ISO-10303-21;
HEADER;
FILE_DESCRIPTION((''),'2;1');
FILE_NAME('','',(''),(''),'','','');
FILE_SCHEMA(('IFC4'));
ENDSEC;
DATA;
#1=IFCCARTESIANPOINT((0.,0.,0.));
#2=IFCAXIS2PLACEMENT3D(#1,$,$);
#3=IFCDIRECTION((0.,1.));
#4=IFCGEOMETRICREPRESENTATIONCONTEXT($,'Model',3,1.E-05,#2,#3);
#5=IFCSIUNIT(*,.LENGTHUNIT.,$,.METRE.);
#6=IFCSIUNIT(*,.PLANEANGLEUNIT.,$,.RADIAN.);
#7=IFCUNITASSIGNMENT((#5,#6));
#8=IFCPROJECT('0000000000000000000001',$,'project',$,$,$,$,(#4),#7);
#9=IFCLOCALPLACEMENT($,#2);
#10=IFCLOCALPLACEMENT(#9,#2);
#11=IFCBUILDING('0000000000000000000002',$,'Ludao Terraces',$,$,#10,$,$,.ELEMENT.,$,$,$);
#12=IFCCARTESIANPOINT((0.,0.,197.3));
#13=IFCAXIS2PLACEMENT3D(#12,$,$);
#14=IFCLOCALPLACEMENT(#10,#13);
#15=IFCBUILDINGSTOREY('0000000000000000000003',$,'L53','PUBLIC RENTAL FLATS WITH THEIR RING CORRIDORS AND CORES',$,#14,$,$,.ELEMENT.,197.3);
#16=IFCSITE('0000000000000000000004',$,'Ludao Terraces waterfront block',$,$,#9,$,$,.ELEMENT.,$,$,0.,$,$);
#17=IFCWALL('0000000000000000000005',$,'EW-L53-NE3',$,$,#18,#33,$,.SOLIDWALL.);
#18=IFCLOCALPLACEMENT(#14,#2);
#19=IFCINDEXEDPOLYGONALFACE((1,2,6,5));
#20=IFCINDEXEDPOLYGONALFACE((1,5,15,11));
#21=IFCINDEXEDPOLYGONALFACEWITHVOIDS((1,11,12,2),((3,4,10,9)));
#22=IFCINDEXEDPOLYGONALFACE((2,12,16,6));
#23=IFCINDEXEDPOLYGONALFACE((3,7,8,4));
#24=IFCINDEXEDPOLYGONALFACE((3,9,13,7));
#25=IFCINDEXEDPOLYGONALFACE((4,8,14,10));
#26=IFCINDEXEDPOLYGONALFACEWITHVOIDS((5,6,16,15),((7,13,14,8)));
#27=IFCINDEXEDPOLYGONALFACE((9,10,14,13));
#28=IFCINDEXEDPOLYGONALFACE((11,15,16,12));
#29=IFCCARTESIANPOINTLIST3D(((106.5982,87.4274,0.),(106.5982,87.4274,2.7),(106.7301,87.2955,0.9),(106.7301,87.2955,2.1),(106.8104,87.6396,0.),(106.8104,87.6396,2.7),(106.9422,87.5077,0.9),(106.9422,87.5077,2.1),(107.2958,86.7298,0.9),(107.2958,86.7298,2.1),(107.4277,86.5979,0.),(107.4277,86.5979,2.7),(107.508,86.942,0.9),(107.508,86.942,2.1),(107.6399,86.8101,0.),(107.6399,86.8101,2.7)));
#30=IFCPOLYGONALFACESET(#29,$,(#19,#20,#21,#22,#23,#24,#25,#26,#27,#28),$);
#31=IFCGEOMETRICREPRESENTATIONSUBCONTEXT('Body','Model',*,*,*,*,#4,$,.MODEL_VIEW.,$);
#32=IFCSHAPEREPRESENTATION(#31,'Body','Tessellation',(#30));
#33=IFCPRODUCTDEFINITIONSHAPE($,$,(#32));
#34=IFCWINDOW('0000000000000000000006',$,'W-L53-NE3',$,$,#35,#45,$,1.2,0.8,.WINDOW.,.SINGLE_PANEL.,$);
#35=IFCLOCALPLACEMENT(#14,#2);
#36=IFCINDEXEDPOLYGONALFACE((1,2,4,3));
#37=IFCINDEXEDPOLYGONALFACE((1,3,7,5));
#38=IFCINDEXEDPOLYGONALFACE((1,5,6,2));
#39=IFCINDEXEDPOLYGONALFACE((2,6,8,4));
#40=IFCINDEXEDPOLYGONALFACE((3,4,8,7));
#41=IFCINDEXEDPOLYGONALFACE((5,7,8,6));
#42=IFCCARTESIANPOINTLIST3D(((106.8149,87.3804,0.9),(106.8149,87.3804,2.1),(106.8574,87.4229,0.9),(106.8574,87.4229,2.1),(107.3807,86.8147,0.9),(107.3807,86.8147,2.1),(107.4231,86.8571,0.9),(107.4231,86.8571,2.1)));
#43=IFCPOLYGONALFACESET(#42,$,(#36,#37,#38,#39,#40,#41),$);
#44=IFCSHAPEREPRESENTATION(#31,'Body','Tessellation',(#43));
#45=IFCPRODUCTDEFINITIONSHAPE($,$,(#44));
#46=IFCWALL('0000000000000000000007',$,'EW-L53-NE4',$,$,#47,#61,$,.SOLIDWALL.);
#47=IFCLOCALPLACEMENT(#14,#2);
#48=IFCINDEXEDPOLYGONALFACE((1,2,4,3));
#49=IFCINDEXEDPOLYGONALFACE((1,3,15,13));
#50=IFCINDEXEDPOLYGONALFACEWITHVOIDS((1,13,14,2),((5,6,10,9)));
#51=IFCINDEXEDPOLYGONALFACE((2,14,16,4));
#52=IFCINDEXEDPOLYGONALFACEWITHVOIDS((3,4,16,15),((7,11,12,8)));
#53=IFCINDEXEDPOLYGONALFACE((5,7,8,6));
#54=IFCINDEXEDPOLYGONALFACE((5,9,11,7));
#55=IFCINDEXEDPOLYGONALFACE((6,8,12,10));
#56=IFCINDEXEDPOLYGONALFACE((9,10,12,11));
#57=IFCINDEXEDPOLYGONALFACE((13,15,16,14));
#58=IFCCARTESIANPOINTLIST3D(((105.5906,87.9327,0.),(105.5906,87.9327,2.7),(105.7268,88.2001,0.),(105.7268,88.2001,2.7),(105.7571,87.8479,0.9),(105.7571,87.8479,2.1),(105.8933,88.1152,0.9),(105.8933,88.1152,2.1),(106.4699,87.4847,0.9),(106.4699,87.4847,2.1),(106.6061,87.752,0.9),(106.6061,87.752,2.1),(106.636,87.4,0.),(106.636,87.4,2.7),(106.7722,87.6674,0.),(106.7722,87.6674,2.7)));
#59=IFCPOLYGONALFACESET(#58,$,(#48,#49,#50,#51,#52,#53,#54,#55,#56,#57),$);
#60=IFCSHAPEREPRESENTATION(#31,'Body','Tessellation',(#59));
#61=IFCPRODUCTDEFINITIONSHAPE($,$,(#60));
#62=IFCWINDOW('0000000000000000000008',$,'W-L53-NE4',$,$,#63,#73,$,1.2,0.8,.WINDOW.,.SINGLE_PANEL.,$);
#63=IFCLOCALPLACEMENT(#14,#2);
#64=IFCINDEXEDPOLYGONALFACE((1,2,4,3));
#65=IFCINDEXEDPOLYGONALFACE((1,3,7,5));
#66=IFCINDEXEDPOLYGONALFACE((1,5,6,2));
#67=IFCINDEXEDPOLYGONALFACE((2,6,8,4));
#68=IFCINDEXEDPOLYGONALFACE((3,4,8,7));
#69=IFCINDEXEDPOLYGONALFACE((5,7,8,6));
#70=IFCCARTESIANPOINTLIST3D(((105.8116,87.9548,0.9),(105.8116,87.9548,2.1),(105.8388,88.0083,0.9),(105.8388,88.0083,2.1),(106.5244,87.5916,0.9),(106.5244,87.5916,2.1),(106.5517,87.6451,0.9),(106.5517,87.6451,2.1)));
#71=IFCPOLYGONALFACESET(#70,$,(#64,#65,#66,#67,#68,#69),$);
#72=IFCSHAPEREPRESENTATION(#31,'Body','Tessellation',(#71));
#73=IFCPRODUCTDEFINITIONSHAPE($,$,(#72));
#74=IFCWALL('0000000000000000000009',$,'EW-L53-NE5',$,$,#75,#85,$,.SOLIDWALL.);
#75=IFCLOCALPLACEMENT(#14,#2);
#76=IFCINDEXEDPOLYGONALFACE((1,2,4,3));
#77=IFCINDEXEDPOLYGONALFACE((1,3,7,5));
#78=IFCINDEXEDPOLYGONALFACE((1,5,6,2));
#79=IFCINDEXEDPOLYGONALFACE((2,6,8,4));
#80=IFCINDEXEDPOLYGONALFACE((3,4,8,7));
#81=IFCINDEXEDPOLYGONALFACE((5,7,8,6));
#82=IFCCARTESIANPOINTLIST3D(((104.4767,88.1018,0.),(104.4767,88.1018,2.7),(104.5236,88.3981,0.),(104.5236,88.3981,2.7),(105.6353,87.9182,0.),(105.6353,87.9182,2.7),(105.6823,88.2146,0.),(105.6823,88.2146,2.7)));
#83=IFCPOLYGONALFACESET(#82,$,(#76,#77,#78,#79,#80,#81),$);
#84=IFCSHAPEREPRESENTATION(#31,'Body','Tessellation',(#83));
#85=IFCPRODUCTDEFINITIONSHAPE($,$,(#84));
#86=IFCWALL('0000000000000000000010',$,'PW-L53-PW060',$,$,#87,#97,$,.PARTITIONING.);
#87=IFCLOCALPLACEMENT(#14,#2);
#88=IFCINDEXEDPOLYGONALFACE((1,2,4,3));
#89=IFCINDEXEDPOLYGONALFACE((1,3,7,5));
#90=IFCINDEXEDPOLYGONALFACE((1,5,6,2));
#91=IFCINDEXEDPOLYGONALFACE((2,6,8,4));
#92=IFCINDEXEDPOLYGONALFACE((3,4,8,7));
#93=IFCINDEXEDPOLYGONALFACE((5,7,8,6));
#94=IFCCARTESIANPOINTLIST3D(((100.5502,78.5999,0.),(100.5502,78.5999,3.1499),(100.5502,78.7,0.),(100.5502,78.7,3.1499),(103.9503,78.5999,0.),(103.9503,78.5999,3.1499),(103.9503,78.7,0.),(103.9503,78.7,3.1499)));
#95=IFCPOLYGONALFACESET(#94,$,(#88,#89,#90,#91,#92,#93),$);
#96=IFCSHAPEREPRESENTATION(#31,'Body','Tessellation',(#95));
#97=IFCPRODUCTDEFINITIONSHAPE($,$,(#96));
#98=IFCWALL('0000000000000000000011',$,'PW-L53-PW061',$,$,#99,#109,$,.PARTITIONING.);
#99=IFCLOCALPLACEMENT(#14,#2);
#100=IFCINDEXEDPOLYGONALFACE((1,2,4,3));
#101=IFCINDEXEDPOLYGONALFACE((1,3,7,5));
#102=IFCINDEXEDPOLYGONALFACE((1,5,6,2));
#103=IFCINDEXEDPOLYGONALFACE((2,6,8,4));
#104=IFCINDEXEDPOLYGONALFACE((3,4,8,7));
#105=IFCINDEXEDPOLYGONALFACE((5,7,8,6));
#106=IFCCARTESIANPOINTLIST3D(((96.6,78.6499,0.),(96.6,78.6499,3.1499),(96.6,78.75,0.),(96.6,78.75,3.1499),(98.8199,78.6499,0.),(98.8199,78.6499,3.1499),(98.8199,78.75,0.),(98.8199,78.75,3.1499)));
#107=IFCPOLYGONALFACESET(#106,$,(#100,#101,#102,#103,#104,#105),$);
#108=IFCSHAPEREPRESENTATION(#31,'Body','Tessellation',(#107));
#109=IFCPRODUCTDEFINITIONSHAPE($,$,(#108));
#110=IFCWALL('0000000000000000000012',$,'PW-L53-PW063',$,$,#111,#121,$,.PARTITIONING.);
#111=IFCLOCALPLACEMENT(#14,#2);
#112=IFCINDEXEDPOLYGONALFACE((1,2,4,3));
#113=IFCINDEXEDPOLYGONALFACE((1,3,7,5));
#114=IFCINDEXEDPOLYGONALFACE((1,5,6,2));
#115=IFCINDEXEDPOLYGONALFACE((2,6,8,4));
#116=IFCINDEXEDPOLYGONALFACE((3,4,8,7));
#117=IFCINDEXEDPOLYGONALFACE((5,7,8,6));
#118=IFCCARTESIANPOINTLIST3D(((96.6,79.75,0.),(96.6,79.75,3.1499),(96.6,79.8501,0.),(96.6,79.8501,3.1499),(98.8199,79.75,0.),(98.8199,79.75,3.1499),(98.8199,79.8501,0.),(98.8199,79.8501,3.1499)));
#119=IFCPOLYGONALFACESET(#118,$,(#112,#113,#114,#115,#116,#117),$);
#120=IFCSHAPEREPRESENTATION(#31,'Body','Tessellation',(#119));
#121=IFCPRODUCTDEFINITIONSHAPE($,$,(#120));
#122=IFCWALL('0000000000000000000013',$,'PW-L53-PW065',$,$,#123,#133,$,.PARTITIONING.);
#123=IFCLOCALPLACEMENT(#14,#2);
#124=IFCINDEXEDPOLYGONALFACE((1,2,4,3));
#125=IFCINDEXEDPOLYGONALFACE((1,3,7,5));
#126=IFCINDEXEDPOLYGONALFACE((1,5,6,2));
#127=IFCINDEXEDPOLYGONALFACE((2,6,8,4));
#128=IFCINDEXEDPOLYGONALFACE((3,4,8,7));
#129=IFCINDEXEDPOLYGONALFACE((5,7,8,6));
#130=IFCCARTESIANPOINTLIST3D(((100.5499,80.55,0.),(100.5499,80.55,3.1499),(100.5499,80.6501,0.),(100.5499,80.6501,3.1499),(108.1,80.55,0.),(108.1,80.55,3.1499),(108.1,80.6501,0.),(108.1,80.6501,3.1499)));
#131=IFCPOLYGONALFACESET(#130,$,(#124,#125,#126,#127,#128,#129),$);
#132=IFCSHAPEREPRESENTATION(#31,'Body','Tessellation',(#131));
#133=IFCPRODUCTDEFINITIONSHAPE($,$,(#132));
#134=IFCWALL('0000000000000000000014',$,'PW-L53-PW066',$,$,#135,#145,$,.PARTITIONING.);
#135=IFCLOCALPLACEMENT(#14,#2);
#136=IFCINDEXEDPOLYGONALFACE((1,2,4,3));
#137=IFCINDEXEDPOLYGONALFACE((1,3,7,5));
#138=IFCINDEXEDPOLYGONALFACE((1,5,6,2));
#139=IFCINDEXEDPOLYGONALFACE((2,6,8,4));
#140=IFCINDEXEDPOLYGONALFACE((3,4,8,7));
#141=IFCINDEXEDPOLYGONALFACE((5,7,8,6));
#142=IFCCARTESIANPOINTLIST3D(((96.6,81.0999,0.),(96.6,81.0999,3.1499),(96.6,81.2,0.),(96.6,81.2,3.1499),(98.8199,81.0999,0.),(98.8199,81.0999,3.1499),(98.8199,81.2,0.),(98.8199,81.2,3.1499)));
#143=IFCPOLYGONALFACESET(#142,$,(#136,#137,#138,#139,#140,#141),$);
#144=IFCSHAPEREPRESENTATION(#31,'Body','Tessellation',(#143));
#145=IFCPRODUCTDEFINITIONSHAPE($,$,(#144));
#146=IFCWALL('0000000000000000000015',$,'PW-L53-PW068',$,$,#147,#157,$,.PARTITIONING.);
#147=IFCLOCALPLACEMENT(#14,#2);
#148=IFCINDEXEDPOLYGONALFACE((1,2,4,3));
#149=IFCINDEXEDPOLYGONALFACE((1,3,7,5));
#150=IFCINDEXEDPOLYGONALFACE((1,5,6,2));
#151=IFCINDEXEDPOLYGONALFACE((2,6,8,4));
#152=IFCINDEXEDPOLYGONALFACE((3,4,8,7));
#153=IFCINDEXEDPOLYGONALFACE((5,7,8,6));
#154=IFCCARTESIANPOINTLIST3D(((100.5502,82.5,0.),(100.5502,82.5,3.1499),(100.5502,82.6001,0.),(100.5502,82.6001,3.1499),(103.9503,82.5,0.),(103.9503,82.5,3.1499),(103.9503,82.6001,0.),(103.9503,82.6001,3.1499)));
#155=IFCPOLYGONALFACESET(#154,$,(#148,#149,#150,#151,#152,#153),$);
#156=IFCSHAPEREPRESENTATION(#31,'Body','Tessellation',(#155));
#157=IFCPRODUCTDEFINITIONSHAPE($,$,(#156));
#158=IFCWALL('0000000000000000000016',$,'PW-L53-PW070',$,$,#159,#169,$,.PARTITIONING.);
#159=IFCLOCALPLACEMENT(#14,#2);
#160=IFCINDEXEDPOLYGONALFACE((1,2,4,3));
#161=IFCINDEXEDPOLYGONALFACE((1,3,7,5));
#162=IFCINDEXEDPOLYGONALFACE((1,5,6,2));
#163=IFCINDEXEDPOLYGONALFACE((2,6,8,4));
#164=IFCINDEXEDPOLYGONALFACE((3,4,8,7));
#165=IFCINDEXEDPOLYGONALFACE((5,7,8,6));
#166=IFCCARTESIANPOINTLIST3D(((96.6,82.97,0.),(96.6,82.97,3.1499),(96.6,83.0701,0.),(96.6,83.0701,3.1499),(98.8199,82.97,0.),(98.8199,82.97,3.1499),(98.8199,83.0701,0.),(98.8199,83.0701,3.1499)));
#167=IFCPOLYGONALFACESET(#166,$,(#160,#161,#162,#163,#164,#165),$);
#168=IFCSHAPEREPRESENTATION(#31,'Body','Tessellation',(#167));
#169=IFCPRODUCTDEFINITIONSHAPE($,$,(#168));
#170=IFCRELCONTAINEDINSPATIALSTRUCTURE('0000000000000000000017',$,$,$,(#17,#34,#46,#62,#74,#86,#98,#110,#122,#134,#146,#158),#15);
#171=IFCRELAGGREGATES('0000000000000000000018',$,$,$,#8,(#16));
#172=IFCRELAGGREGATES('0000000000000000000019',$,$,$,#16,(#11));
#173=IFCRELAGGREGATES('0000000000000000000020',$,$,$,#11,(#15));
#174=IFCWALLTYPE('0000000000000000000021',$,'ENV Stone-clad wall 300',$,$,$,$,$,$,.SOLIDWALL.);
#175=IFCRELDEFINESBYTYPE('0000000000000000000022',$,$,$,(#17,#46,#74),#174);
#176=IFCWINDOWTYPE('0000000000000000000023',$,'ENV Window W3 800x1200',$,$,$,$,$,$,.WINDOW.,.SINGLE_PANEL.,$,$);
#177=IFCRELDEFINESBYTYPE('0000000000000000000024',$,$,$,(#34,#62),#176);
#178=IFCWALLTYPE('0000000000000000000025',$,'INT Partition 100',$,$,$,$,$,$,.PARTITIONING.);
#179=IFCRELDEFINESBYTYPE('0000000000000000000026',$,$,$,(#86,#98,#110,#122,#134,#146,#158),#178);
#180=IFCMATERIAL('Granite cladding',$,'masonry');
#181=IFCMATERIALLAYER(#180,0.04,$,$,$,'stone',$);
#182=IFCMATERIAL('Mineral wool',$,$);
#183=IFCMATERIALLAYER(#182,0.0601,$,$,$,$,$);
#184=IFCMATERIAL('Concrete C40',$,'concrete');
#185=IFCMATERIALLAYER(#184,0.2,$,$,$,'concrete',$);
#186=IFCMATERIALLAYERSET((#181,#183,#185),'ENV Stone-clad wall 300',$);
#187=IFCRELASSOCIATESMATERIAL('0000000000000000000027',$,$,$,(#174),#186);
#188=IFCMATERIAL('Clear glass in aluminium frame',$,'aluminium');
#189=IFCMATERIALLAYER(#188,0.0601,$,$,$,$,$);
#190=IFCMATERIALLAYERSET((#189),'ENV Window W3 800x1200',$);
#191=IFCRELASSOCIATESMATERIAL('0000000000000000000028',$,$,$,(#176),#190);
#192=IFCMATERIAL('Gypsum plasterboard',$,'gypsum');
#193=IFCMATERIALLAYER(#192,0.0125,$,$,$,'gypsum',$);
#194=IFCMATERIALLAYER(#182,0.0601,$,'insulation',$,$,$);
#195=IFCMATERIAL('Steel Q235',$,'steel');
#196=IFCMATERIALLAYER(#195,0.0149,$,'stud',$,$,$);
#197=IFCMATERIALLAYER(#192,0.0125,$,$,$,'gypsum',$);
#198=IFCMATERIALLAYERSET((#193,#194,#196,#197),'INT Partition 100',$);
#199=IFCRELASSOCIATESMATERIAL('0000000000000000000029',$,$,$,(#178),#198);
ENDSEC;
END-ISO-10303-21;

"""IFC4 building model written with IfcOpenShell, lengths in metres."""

from ifc_helpers import new_model, si_unit, direction, frame, frame_2d, origin, place, context, subcontext, project, spatial, rectangle, extrude, material, layer, layer_set, type_object, element, fill, save


model = new_model("IFC4")

# Units and contexts
model_context = context("Model", 3, precision=1e-05, world=origin(), true_north=direction((0.0, 1.0)))
body_context = subcontext(model_context, "Body", "Model", "MODEL_VIEW")
ifc_project = project(units=[si_unit("LENGTHUNIT", "METRE"), si_unit("PLANEANGLEUNIT", "RADIAN")], contexts=[model_context])

# Site, building, storey
site_placement = place(None, origin())
site = spatial("IfcSite", under=ifc_project, at=site_placement, Name="Ludao Terraces waterfront block", CompositionType="ELEMENT", RefElevation=0.0)
building_placement = place(site_placement, origin())
building = spatial("IfcBuilding", under=site, at=building_placement, Name="Ludao Terraces", CompositionType="ELEMENT")
storey_placement = place(building_placement, frame((0.0, 0.0, 197.3)))
storey = spatial("IfcBuildingStorey", under=building, at=storey_placement, Name="L53", Description="PUBLIC RENTAL FLATS WITH THEIR RING CORRIDORS AND CORES", CompositionType="ELEMENT", Elevation=197.3)

# Shared definitions
ifc_material_1 = material(Name="Concrete C40", Category="concrete")

# Shared definitions
ifc_material_2 = material(Name="Granite cladding", Category="masonry")
ifc_layer_1 = layer(ifc_material_2, 0.04, Category="stone")
ifc_material_3 = material(Name="Mineral wool")
ifc_layer_2 = layer(ifc_material_3, 0.0601)
ifc_layer_3 = layer(ifc_material_1, 0.2, Category="concrete")
ifc_layer_set_1 = layer_set([ifc_layer_1, ifc_layer_2, ifc_layer_3], Name="ENV Stone-clad wall 300")
wall_type_1 = type_object("IfcWallType", Name="ENV Stone-clad wall 300", PredefinedType="SOLIDWALL", material=ifc_layer_set_1)
ifc_material_4 = material(Name="Clear glass in aluminium frame", Category="aluminium")

# Walls, openings, windows
ifc_layer_4 = layer(ifc_material_4, 0.0601)
ifc_layer_set_2 = layer_set([ifc_layer_4], Name="ENV Window W3 800x1200")
window_type_1 = type_object("IfcWindowType", Name="ENV Window W3 800x1200", PartitioningType="SINGLE_PANEL", PredefinedType="WINDOW", material=ifc_layer_set_2)
wall_1_placement = place(storey_placement, frame((107.5337, 86.7041, 0.0), z_axis=(0.0, 0.0, 1.0), x_axis=(-0.707107, 0.707107, 0.0)))
wall_1 = element("IfcWall", 1, at=wall_1_placement, inside=storey, type_object=wall_type_1, Name="EW-L53-NE3", PredefinedType="SOLIDWALL", context=body_context, shape_type="SweptSolid", body=[
    extrude(rectangle(XDim=1.1731, YDim=0.3, at=frame_2d((0.5864, 0.0))), origin(), (0.0, 0.0, 1.0), 2.7),
])
opening_1_placement = place(wall_1_placement, frame((0.1865, 0.0, 0.8999)))
opening_1 = element("IfcOpeningElement", 2, at=opening_1_placement, cuts=wall_1, PredefinedType="OPENING", context=body_context, shape_type="SweptSolid", body=[
    extrude(rectangle(XDim=0.8, YDim=1.2, at=frame_2d((0.3999, 0.6001))), frame((0.0, 0.1602, 0.0), z_axis=(0.0, -1.0, 0.0), x_axis=(1.0, 0.0, 0.0)), (0.0, 0.0, 1.0), 0.3201),
])
window_1_placement = place(opening_1_placement, origin())
window_1 = element("IfcWindow", 3, at=window_1_placement, inside=storey, type_object=window_type_1, Name="W-L53-NE3", OverallHeight=1.2, OverallWidth=0.8, PartitioningType="SINGLE_PANEL", PredefinedType="WINDOW", context=body_context, shape_type="SweptSolid", body=[
    extrude(rectangle(XDim=0.8, YDim=1.2, at=frame_2d((0.3999, 0.6001))), frame((0.0, 0.03, 0.0), z_axis=(0.0, -1.0, 0.0), x_axis=(1.0, 0.0, 0.0)), (0.0, 0.0, 1.0), 0.0601),
])
fill(opening_1, window_1)
wall_2_placement = place(storey_placement, frame((106.7041, 87.5337, 0.0), z_axis=(0.0, 0.0, 1.0), x_axis=(-0.890989, 0.454026, 0.0)))
wall_2 = element("IfcWall", 4, at=wall_2_placement, inside=storey, type_object=wall_type_1, Name="EW-L53-NE4", PredefinedType="SOLIDWALL", context=body_context, shape_type="SweptSolid", body=[
    extrude(rectangle(XDim=1.1733, YDim=0.3, at=frame_2d((0.5867, 0.0))), origin(), (0.0, 0.0, 1.0), 2.7),
])
opening_2_placement = place(wall_2_placement, frame((0.1865, 0.0, 0.8999)))
opening_2 = element("IfcOpeningElement", 5, at=opening_2_placement, cuts=wall_2, PredefinedType="OPENING", context=body_context, shape_type="SweptSolid", body=[
    extrude(rectangle(XDim=0.8, YDim=1.2, at=frame_2d((0.3999, 0.6001))), frame((0.0, 0.1602, 0.0), z_axis=(0.0, -1.0, 0.0), x_axis=(1.0, 0.0, 0.0)), (0.0, 0.0, 1.0), 0.3201),
])
window_2_placement = place(opening_2_placement, origin())
window_2 = element("IfcWindow", 6, at=window_2_placement, inside=storey, type_object=window_type_1, Name="W-L53-NE4", OverallHeight=1.2, OverallWidth=0.8, PartitioningType="SINGLE_PANEL", PredefinedType="WINDOW", context=body_context, shape_type="SweptSolid", body=[
    extrude(rectangle(XDim=0.8, YDim=1.2, at=frame_2d((0.3999, 0.6001))), frame((0.0, 0.03, 0.0), z_axis=(0.0, -1.0, 0.0), x_axis=(1.0, 0.0, 0.0)), (0.0, 0.0, 1.0), 0.0601),
])
fill(opening_2, window_2)

# Walls
wall_3_placement = place(storey_placement, frame((105.6587, 88.0664, 0.0), z_axis=(0.0, 0.0, 1.0), x_axis=(-0.987678, 0.156497, 0.0)))
element("IfcWall", 7, at=wall_3_placement, inside=storey, type_object=wall_type_1, Name="EW-L53-NE5", PredefinedType="SOLIDWALL", context=body_context, shape_type="SweptSolid", body=[
    extrude(rectangle(XDim=1.1731, YDim=0.3, at=frame_2d((0.5864, 0.0))), origin(), (0.0, 0.0, 1.0), 2.7),
])
ifc_material_5 = material(Name="Gypsum plasterboard", Category="gypsum")
ifc_layer_5 = layer(ifc_material_5, 0.0125, Category="gypsum")
ifc_layer_6 = layer(ifc_material_3, 0.0601, Name="insulation")
ifc_material_6 = material(Name="Steel Q235", Category="steel")
ifc_layer_7 = layer(ifc_material_6, 0.0149, Name="stud")
ifc_layer_8 = layer(ifc_material_5, 0.0125, Category="gypsum")
ifc_layer_set_3 = layer_set([ifc_layer_5, ifc_layer_6, ifc_layer_7, ifc_layer_8], Name="INT Partition 100")
wall_type_2 = type_object("IfcWallType", Name="INT Partition 100", PredefinedType="PARTITIONING", material=ifc_layer_set_3)
wall_4_placement = place(storey_placement, frame((100.55, 78.6499, 0.0), z_axis=(0.0, 0.0, 1.0), x_axis=(1.0, 0.0, 0.0)))
element("IfcWall", 8, at=wall_4_placement, inside=storey, type_object=wall_type_2, Name="PW-L53-PW060", PredefinedType="PARTITIONING", context=body_context, shape_type="SweptSolid", body=[
    extrude(rectangle(XDim=3.4001, YDim=0.1001, at=frame_2d((1.7002, 0.0))), origin(), (0.0, 0.0, 1.0), 3.1499),
])
for number, where, z_axis, x_axis, name in (
    (9, (96.6001, 78.7, 0.0), (0.0, 0.0, 1.0), (1.0, 0.0, 0.0), "PW-L53-PW061"),
    (10, (96.6001, 79.8, 0.0), (0.0, 0.0, 1.0), (1.0, 0.0, 0.0), "PW-L53-PW063"),
):
    element("IfcWall", number, at=place(storey_placement, frame(where, z_axis=z_axis, x_axis=x_axis)), inside=storey, type_object=wall_type_2, Name=name, PredefinedType="PARTITIONING", context=body_context, shape_type="SweptSolid", body=[
        extrude(rectangle(XDim=2.22, YDim=0.1001, at=frame_2d((1.1099, 0.0))), origin(), (0.0, 0.0, 1.0), 3.1499),
    ])
wall_5_placement = place(storey_placement, frame((100.55, 80.6001, 0.0), z_axis=(0.0, 0.0, 1.0), x_axis=(1.0, 0.0, 0.0)))
element("IfcWall", 11, at=wall_5_placement, inside=storey, type_object=wall_type_2, Name="PW-L53-PW065", PredefinedType="PARTITIONING", context=body_context, shape_type="SweptSolid", body=[
    extrude(rectangle(XDim=7.55, YDim=0.1001, at=frame_2d((3.7749, 0.0))), origin(), (0.0, 0.0, 1.0), 3.1499),
])
wall_6_placement = place(storey_placement, frame((96.6001, 81.1499, 0.0), z_axis=(0.0, 0.0, 1.0), x_axis=(1.0, 0.0, 0.0)))
element("IfcWall", 12, at=wall_6_placement, inside=storey, type_object=wall_type_2, Name="PW-L53-PW066", PredefinedType="PARTITIONING", context=body_context, shape_type="SweptSolid", body=[
    extrude(rectangle(XDim=2.22, YDim=0.1001, at=frame_2d((1.1099, 0.0))), origin(), (0.0, 0.0, 1.0), 3.1499),
])
wall_7_placement = place(storey_placement, frame((100.55, 82.55, 0.0), z_axis=(0.0, 0.0, 1.0), x_axis=(1.0, 0.0, 0.0)))
element("IfcWall", 13, at=wall_7_placement, inside=storey, type_object=wall_type_2, Name="PW-L53-PW068", PredefinedType="PARTITIONING", context=body_context, shape_type="SweptSolid", body=[
    extrude(rectangle(XDim=3.4001, YDim=0.1001, at=frame_2d((1.7002, 0.0))), origin(), (0.0, 0.0, 1.0), 3.1499),
])
wall_8_placement = place(storey_placement, frame((96.6001, 83.02, 0.0), z_axis=(0.0, 0.0, 1.0), x_axis=(1.0, 0.0, 0.0)))
element("IfcWall", 14, at=wall_8_placement, inside=storey, type_object=wall_type_2, Name="PW-L53-PW070", PredefinedType="PARTITIONING", context=body_context, shape_type="SweptSolid", body=[
    extrude(rectangle(XDim=2.22, YDim=0.1001, at=frame_2d((1.1099, 0.0))), origin(), (0.0, 0.0, 1.0), 3.1499),
])

save(model, "model.ifc")
